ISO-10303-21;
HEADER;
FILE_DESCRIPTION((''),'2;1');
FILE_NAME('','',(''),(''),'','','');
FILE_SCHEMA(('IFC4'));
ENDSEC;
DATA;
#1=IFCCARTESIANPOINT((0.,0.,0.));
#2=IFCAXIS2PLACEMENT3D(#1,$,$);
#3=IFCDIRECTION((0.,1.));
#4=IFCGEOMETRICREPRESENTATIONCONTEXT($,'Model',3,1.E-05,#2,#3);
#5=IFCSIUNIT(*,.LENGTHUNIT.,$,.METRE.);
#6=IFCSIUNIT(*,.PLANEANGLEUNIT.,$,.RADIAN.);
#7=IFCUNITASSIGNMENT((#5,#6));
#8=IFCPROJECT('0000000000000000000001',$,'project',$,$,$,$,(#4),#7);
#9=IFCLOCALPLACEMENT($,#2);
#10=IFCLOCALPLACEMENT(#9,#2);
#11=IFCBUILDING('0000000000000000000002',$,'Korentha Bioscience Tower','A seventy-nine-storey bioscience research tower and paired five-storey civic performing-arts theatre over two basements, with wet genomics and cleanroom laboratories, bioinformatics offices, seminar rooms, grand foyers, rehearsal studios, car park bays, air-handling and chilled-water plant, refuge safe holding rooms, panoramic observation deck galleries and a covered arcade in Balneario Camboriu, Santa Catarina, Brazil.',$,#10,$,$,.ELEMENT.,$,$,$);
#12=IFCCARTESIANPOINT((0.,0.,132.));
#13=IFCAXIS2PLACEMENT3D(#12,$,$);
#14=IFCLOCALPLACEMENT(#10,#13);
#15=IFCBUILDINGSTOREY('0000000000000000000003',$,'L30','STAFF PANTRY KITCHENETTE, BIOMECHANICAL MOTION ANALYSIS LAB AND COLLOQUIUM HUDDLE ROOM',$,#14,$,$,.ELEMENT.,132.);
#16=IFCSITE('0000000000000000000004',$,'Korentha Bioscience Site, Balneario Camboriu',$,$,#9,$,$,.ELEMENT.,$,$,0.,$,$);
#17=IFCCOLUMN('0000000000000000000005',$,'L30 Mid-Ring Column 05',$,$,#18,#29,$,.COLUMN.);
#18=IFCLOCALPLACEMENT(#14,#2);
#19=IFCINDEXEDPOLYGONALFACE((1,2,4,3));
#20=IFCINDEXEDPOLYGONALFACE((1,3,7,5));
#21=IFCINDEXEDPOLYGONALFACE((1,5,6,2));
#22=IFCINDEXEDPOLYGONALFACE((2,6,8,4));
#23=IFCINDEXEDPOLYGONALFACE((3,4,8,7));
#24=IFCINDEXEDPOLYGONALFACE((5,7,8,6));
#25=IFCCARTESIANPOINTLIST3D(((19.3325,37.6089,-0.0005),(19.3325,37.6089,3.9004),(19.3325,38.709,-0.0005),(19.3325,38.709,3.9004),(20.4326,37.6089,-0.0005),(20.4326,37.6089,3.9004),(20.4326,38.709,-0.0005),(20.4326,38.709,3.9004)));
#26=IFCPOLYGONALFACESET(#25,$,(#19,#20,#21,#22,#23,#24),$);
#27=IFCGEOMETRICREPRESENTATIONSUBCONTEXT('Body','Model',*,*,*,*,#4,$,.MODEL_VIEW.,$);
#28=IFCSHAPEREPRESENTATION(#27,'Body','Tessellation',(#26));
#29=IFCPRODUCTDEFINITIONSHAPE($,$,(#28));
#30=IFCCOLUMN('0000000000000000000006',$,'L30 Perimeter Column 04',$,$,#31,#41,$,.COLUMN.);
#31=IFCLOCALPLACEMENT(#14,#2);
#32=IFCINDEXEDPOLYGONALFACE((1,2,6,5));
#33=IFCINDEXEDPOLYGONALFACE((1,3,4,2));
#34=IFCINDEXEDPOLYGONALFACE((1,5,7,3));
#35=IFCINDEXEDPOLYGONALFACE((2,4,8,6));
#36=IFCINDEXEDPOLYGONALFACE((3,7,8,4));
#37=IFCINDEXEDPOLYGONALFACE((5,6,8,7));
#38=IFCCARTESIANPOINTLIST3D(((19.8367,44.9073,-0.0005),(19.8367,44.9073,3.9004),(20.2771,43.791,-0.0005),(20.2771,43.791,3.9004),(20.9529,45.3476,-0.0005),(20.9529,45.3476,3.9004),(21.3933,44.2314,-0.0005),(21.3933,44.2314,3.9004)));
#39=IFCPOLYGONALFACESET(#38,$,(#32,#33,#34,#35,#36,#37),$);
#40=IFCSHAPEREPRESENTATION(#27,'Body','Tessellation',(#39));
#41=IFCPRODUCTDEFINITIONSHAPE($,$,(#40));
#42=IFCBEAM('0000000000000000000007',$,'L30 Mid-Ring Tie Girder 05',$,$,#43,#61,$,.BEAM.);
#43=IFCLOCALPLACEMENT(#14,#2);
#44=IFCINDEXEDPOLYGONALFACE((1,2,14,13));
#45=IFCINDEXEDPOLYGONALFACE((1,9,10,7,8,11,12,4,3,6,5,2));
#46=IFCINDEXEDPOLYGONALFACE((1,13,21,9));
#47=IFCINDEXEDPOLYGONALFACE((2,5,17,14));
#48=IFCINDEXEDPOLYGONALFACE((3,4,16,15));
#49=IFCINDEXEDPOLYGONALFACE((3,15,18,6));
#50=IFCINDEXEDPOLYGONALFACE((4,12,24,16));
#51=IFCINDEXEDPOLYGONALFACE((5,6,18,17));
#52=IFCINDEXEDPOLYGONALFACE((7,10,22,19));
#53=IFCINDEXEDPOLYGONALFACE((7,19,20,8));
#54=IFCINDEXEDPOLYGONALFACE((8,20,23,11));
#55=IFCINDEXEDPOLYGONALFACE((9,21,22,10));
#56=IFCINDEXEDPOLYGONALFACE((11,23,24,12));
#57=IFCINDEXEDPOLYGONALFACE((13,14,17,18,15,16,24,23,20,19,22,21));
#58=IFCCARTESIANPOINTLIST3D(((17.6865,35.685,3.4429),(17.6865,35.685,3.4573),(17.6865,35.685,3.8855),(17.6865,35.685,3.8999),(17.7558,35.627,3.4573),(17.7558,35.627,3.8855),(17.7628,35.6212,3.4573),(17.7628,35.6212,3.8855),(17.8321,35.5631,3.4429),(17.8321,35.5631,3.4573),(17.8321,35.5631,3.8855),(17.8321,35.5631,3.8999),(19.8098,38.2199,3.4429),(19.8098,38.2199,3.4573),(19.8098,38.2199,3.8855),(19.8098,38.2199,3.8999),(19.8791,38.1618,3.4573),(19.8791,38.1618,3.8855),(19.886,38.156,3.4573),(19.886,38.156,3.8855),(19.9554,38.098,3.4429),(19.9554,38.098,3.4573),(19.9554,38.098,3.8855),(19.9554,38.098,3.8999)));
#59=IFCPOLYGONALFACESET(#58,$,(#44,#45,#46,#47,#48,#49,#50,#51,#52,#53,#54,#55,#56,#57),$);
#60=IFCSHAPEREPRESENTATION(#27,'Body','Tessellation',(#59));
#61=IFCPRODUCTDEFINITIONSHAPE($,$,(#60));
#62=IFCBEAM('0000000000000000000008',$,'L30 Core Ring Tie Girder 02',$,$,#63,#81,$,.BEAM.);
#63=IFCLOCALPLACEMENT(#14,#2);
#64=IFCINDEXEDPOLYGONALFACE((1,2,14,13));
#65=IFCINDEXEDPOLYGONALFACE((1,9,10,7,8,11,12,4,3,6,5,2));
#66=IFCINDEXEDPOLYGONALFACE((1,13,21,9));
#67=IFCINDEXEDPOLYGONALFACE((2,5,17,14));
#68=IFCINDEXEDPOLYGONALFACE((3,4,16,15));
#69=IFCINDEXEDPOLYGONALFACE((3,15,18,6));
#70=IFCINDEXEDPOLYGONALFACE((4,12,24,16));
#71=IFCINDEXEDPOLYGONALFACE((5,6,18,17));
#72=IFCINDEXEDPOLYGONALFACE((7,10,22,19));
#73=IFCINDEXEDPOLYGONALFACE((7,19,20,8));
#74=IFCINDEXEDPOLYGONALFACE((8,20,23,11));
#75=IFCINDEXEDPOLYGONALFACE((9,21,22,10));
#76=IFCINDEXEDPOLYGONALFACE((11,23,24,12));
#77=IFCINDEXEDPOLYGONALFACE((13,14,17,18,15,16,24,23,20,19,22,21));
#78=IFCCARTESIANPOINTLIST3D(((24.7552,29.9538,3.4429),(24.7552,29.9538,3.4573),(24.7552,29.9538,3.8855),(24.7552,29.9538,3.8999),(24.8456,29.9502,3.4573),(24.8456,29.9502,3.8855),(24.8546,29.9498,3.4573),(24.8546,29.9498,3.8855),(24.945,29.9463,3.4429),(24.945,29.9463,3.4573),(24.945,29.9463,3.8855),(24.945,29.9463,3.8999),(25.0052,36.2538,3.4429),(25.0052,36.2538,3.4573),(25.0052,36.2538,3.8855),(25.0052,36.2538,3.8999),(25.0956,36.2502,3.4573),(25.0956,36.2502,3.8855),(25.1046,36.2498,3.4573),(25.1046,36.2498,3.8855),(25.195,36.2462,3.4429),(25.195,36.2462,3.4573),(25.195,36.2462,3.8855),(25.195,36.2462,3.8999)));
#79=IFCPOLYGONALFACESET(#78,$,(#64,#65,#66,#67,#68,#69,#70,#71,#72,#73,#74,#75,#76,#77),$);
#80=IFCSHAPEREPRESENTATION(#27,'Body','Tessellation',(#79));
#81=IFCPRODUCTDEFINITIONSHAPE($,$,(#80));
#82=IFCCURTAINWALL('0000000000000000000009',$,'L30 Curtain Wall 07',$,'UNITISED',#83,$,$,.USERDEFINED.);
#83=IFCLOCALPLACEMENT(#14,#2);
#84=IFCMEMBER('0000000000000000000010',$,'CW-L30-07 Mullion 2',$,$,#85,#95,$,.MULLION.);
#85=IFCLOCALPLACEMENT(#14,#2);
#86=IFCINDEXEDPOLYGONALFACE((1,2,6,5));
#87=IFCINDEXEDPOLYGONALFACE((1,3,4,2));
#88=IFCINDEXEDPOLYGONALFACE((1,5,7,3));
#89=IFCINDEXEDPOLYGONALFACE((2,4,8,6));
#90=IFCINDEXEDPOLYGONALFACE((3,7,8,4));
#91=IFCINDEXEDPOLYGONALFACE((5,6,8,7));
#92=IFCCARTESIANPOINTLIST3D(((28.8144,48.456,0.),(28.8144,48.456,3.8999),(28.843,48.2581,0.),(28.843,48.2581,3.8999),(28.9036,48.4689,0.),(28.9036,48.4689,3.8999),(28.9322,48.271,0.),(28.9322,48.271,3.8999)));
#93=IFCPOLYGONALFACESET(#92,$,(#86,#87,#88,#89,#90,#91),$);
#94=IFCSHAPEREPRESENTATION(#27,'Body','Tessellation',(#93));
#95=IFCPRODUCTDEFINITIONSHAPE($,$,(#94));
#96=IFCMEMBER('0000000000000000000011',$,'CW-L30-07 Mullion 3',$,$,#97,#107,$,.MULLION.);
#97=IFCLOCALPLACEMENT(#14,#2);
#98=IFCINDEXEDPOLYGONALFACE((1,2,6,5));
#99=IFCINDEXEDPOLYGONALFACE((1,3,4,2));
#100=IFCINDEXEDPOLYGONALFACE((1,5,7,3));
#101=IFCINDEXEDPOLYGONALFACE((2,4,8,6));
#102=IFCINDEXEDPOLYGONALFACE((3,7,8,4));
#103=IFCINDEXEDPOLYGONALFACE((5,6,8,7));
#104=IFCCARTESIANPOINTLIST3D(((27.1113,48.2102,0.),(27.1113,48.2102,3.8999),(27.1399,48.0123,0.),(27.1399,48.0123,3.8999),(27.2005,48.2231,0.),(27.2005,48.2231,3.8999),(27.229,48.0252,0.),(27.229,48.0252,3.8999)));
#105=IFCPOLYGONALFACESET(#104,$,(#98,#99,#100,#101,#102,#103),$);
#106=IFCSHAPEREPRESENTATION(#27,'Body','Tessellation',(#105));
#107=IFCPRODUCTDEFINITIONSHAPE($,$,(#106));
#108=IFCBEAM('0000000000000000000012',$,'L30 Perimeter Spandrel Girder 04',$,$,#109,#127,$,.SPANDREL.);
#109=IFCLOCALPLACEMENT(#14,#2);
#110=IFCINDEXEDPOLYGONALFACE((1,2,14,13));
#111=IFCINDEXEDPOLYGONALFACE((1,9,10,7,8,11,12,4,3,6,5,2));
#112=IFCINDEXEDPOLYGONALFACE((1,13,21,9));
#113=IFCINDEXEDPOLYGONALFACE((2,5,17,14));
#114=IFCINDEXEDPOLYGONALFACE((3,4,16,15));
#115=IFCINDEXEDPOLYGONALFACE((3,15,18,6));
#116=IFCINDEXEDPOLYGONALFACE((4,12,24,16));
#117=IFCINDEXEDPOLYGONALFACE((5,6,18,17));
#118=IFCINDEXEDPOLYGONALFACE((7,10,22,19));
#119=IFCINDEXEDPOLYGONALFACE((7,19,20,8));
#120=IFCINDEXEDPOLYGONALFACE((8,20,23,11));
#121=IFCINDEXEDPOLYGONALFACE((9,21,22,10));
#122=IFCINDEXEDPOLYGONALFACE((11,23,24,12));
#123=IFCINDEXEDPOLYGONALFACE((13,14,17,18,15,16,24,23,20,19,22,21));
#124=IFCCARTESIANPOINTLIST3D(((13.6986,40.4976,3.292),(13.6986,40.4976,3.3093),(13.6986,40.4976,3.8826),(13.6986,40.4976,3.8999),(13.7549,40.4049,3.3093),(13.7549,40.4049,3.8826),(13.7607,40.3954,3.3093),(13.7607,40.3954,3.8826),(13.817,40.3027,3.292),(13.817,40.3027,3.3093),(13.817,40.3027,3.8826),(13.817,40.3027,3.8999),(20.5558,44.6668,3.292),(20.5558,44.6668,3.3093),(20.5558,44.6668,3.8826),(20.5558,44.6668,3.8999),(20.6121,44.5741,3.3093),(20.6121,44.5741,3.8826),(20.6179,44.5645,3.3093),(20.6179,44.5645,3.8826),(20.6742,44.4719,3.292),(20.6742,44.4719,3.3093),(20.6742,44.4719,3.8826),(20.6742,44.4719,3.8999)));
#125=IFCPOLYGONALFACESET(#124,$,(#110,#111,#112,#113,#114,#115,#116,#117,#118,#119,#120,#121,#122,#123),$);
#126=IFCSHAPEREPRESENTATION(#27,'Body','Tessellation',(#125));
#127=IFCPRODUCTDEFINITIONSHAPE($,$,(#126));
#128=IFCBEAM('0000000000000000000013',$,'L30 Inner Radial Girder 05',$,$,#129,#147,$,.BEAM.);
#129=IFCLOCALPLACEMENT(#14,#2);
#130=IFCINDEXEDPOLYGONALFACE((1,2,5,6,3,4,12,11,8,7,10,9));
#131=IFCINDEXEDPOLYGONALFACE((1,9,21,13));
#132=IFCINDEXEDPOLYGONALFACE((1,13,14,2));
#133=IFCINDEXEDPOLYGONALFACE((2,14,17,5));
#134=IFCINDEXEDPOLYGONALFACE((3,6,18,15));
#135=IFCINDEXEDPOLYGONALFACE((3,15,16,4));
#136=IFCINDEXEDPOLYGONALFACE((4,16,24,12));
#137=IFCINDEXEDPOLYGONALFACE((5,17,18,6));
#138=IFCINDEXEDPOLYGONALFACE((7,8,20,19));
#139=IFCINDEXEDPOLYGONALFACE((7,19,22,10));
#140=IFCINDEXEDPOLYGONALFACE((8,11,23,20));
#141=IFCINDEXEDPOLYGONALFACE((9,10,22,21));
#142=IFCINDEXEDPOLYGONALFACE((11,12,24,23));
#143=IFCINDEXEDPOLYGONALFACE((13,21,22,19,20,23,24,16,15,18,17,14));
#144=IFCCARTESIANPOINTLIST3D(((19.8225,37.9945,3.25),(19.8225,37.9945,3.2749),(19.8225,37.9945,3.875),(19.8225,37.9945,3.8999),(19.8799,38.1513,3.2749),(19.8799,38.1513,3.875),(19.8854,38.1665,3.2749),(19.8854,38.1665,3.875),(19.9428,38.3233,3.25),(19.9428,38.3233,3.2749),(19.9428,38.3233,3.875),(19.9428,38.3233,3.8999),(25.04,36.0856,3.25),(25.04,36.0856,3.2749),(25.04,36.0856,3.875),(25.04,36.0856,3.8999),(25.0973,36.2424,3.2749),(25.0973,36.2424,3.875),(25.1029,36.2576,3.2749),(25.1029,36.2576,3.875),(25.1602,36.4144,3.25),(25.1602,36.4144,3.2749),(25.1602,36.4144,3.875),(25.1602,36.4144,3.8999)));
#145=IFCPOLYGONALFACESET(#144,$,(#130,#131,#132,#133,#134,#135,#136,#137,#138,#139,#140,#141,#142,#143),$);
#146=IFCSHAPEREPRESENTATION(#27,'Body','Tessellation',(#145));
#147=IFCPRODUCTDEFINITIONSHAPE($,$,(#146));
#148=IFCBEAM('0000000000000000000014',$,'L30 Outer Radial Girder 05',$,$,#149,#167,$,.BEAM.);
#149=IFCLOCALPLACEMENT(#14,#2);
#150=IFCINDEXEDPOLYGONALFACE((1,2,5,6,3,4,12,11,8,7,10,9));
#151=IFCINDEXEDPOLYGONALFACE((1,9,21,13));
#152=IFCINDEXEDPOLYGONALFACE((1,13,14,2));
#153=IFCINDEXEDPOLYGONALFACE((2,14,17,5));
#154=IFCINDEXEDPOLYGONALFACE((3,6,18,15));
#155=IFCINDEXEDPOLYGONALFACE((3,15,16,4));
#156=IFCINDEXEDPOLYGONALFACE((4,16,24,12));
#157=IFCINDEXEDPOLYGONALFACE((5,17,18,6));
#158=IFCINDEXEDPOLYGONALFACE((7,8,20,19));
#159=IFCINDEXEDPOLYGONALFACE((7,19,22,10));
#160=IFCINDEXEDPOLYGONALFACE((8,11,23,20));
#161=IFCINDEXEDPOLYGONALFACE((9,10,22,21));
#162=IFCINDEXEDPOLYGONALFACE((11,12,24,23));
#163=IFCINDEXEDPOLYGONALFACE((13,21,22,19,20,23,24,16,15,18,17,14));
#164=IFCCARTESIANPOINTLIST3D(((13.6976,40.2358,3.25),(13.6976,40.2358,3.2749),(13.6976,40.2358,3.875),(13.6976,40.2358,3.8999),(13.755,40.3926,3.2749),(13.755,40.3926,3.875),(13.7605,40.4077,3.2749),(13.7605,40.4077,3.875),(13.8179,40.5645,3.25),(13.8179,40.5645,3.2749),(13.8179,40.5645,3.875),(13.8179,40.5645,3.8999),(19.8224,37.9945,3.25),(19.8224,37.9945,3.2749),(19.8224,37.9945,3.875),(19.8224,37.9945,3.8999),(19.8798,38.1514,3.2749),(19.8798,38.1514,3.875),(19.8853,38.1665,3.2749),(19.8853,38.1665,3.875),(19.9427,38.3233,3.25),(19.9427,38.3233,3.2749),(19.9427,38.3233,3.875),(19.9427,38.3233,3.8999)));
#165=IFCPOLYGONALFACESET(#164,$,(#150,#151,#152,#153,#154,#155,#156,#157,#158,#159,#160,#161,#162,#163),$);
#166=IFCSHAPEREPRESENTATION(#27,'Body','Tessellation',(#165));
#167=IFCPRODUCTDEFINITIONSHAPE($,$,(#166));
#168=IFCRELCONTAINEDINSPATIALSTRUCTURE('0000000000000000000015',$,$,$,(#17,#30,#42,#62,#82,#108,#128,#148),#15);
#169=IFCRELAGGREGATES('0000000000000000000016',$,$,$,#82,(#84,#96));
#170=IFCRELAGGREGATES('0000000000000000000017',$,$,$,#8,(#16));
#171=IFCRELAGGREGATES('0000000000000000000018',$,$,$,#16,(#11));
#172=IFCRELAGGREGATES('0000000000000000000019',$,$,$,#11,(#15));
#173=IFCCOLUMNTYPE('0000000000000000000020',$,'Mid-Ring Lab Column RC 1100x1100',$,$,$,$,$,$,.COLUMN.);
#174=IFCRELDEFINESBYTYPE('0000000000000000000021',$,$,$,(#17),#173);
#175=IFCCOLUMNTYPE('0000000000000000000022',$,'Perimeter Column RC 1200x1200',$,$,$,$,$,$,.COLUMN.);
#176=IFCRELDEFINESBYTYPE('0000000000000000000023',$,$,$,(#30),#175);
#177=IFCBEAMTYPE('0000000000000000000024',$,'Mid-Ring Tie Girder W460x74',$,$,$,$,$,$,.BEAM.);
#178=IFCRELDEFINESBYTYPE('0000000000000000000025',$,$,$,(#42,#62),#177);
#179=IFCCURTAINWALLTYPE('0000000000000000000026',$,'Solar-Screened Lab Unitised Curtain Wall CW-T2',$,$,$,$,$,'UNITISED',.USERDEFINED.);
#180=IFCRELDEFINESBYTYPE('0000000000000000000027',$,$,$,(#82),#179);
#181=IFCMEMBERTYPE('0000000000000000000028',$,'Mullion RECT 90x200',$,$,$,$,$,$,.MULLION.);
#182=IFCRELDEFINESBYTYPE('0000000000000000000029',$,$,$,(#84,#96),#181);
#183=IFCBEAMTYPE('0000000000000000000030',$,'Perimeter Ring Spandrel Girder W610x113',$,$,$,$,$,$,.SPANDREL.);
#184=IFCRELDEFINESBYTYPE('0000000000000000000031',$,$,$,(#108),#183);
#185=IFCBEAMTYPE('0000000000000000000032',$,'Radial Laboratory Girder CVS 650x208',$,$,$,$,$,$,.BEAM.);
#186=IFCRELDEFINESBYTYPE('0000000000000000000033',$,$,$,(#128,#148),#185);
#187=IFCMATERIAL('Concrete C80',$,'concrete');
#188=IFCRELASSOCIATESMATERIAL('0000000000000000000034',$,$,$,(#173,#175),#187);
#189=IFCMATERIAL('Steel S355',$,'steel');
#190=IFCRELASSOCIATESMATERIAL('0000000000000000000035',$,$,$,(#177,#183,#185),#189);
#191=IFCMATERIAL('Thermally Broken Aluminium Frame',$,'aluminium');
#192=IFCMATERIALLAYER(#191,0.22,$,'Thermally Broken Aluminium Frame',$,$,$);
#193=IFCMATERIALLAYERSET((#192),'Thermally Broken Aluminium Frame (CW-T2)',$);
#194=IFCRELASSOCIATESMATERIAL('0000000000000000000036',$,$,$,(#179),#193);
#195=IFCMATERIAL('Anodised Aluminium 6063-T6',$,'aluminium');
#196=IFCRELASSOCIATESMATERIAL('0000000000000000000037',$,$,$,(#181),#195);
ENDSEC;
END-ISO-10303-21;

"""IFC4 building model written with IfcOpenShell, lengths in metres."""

from ifc_helpers import new_model, si_unit, direction, frame, origin, origin_2d, place, context, subcontext, project, spatial, rectangle, i_section, extrude, material, layer, layer_set, material_profile, profile_set, type_object, element, aggregate, save


model = new_model("IFC4")

# Units and contexts
model_context = context("Model", 3, precision=1e-05, world=origin(), true_north=direction((0.0, 1.0)))
body_context = subcontext(model_context, "Body", "Model", "MODEL_VIEW")
ifc_project = project(units=[si_unit("LENGTHUNIT", "METRE"), si_unit("PLANEANGLEUNIT", "RADIAN")], contexts=[model_context])

# Site, building, storey
site_placement = place(None, origin())
site = spatial("IfcSite", under=ifc_project, at=site_placement, Name="Korentha Bioscience Site, Balneario Camboriu", CompositionType="ELEMENT", RefElevation=0.0)
building_placement = place(site_placement, origin())
building = spatial("IfcBuilding", under=site, at=building_placement, Name="Korentha Bioscience Tower", Description="A seventy-nine-storey bioscience research tower and paired five-storey civic performing-arts theatre over two basements, with wet genomics and cleanroom laboratories, bioinformatics offices, seminar rooms, grand foyers, rehearsal studios, car park bays, air-handling and chilled-water plant, refuge safe holding rooms, panoramic observation deck galleries and a covered arcade in Balneario Camboriu, Santa Catarina, Brazil.", CompositionType="ELEMENT")
storey_placement = place(building_placement, frame((0.0, 0.0, 132.0)))
storey = spatial("IfcBuildingStorey", under=building, at=storey_placement, Name="L30", Description="STAFF PANTRY KITCHENETTE, BIOMECHANICAL MOTION ANALYSIS LAB AND COLLOQUIUM HUDDLE ROOM", CompositionType="ELEMENT", Elevation=132.0)

# Columns
ifc_material_1 = material(Name="Concrete C80", Category="concrete")
ifc_material_profile_1 = material_profile(ifc_material_1, rectangle(XDim=1.1001, YDim=1.1001, at=origin_2d()), Name="Concrete C80")
ifc_profile_set_1 = profile_set([ifc_material_profile_1], Name="Concrete C80 (COL-MR11)")
column_type_1 = type_object("IfcColumnType", Name="Mid-Ring Lab Column RC 1100x1100", PredefinedType="COLUMN", material=ifc_profile_set_1)
column_1_placement = place(storey_placement, frame((19.8826, 38.1589, -0.0005), z_axis=(0.0, 0.0, 1.0), x_axis=(1.0, 0.0, 0.0)))
element("IfcColumn", 1, at=column_1_placement, inside=storey, type_object=column_type_1, Name="L30 Mid-Ring Column 05", PredefinedType="COLUMN", context=body_context, shape_type="SweptSolid", body=[
    extrude(rectangle(XDim=1.1001, YDim=1.1001, at=origin_2d()), origin(), (0.0, 0.0, 1.0), 3.9009),
])
ifc_material_profile_2 = material_profile(ifc_material_1, rectangle(XDim=1.2, YDim=1.2, at=origin_2d()), Name="Concrete C80")
ifc_profile_set_2 = profile_set([ifc_material_profile_2], Name="Concrete C80 (COL-P12)")
column_type_2 = type_object("IfcColumnType", Name="Perimeter Column RC 1200x1200", PredefinedType="COLUMN", material=ifc_profile_set_2)
column_2_placement = place(storey_placement, frame((20.615, 44.5693, -0.0005), z_axis=(0.0, 0.0, 1.0), x_axis=(0.930226, 0.366988, 0.0)))
element("IfcColumn", 2, at=column_2_placement, inside=storey, type_object=column_type_2, Name="L30 Perimeter Column 04", PredefinedType="COLUMN", context=body_context, shape_type="SweptSolid", body=[
    extrude(rectangle(XDim=1.2, YDim=1.2, at=origin_2d()), origin(), (0.0, 0.0, 1.0), 3.9009),
])

# Beams
ifc_material_2 = material(Name="Steel S355", Category="steel")
ifc_material_profile_3 = material_profile(ifc_material_2, i_section(OverallWidth=0.1899, OverallDepth=0.457, WebThickness=0.009, FlangeThickness=0.0144, at=origin_2d()), Name="Steel S355")
ifc_profile_set_3 = profile_set([ifc_material_profile_3], Name="Steel S355 (MB-460)")
beam_type_1 = type_object("IfcBeamType", Name="Mid-Ring Tie Girder W460x74", PredefinedType="BEAM", material=ifc_profile_set_3)
beam_1_placement = place(storey_placement, frame((19.8826, 38.1589, 3.6714), z_axis=(-0.642121, -0.766603, 0.0), x_axis=(0.766603, -0.642121, 0.0)))
element("IfcBeam", 3, at=beam_1_placement, inside=storey, type_object=beam_type_1, Name="L30 Mid-Ring Tie Girder 05", PredefinedType="BEAM", context=body_context, shape_type="SweptSolid", body=[
    extrude(i_section(OverallWidth=0.1899, OverallDepth=0.457, WebThickness=0.009, FlangeThickness=0.0144, at=origin_2d()), origin(), (0.0, 0.0, 1.0), 3.3066),
])
beam_2_placement = place(storey_placement, frame((25.1001, 36.25, 3.6714), z_axis=(-0.039651, -0.999214, 0.0), x_axis=(0.999214, -0.039651, 0.0)))
element("IfcBeam", 4, at=beam_2_placement, inside=storey, type_object=beam_type_1, Name="L30 Core Ring Tie Girder 02", PredefinedType="BEAM", context=body_context, shape_type="SweptSolid", body=[
    extrude(i_section(OverallWidth=0.1899, OverallDepth=0.457, WebThickness=0.009, FlangeThickness=0.0144, at=origin_2d()), origin(), (0.0, 0.0, 1.0), 6.3049),
])

# Curtain wall, members
ifc_material_3 = material(Name="Thermally Broken Aluminium Frame", Category="aluminium")
ifc_layer_1 = layer(ifc_material_3, 0.22, Name="Thermally Broken Aluminium Frame")
ifc_layer_set_1 = layer_set([ifc_layer_1], Name="Thermally Broken Aluminium Frame (CW-T2)")
curtain_wall_type = type_object("IfcCurtainWallType", Name="Solar-Screened Lab Unitised Curtain Wall CW-T2", ElementType="UNITISED", PredefinedType="USERDEFINED", material=ifc_layer_set_1)
curtain_wall_placement = place(storey_placement, origin())
curtain_wall = element("IfcCurtainWall", 5, at=curtain_wall_placement, inside=storey, type_object=curtain_wall_type, Name="L30 Curtain Wall 07", ObjectType="UNITISED", PredefinedType="USERDEFINED")
ifc_material_4 = material(Name="Anodised Aluminium 6063-T6", Category="aluminium")
ifc_material_profile_4 = material_profile(ifc_material_4, rectangle(XDim=0.0901, YDim=0.2, at=origin_2d()), Name="Anodised Aluminium 6063-T6")
ifc_profile_set_4 = profile_set([ifc_material_profile_4], Name="Anodised Aluminium 6063-T6 (CW-MUL)")
member_type_1 = type_object("IfcMemberType", Name="Mullion RECT 90x200", PredefinedType="MULLION", material=ifc_profile_set_4)
member_1_placement = place(storey_placement, frame((28.8733, 48.3635, 0.0), z_axis=(0.0, 0.0, 1.0), x_axis=(-0.989738, -0.142892, 0.0)))
member_1 = element("IfcMember", 6, at=member_1_placement, type_object=member_type_1, Name="CW-L30-07 Mullion 2", PredefinedType="MULLION", context=body_context, shape_type="SweptSolid", body=[
    extrude(rectangle(XDim=0.0901, YDim=0.2, at=origin_2d()), origin(), (0.0, 0.0, 1.0), 3.8999),
])
member_2_placement = place(storey_placement, frame((27.1702, 48.1177, 0.0), z_axis=(0.0, 0.0, 1.0), x_axis=(-0.989738, -0.142892, 0.0)))
member_2 = element("IfcMember", 7, at=member_2_placement, type_object=member_type_1, Name="CW-L30-07 Mullion 3", PredefinedType="MULLION", context=body_context, shape_type="SweptSolid", body=[
    extrude(rectangle(XDim=0.0901, YDim=0.2, at=origin_2d()), origin(), (0.0, 0.0, 1.0), 3.8999),
])

# Beams
ifc_material_profile_5 = material_profile(ifc_material_2, i_section(OverallWidth=0.228, OverallDepth=0.6079, WebThickness=0.0112, FlangeThickness=0.0173, at=origin_2d()), Name="Steel S355")
ifc_profile_set_5 = profile_set([ifc_material_profile_5], Name="Steel S355 (SB-610)")
beam_type_2 = type_object("IfcBeamType", Name="Perimeter Ring Spandrel Girder W610x113", PredefinedType="SPANDREL", material=ifc_profile_set_5)
beam_3_placement = place(storey_placement, frame((20.615, 44.5693, 3.5959), z_axis=(-0.854461, -0.519515, 0.0), x_axis=(0.519515, -0.854461, 0.0)))
element("IfcBeam", 8, at=beam_3_placement, inside=storey, type_object=beam_type_2, Name="L30 Perimeter Spandrel Girder 04", PredefinedType="SPANDREL", context=body_context, shape_type="SweptSolid", body=[
    extrude(i_section(OverallWidth=0.228, OverallDepth=0.6079, WebThickness=0.0112, FlangeThickness=0.0173, at=origin_2d()), origin(), (0.0, 0.0, 1.0), 8.0251),
])
ifc_material_profile_6 = material_profile(ifc_material_2, i_section(OverallWidth=0.3501, OverallDepth=0.6499, WebThickness=0.0161, FlangeThickness=0.0249, at=origin_2d()), Name="Steel S355")
ifc_profile_set_6 = profile_set([ifc_material_profile_6], Name="Steel S355 (RB-650)")
beam_type_3 = type_object("IfcBeamType", Name="Radial Laboratory Girder CVS 650x208", PredefinedType="BEAM", material=ifc_profile_set_6)
beam_4_placement = place(storey_placement, frame((25.1001, 36.25, 3.575), z_axis=(-0.939118, 0.343595, 0.0), x_axis=(-0.343595, -0.939118, 0.0)))
element("IfcBeam", 9, at=beam_4_placement, inside=storey, type_object=beam_type_3, Name="L30 Inner Radial Girder 05", PredefinedType="BEAM", context=body_context, shape_type="SweptSolid", body=[
    extrude(i_section(OverallWidth=0.3501, OverallDepth=0.6499, WebThickness=0.0161, FlangeThickness=0.0249, at=origin_2d()), origin(), (0.0, 0.0, 1.0), 5.5557),
])
beam_5_placement = place(storey_placement, frame((19.8826, 38.1589, 3.575), z_axis=(-0.939101, 0.343642, 0.0), x_axis=(-0.343642, -0.939101, 0.0)))
element("IfcBeam", 10, at=beam_5_placement, inside=storey, type_object=beam_type_3, Name="L30 Outer Radial Girder 05", PredefinedType="BEAM", context=body_context, shape_type="SweptSolid", body=[
    extrude(i_section(OverallWidth=0.3501, OverallDepth=0.6499, WebThickness=0.0161, FlangeThickness=0.0249, at=origin_2d()), origin(), (0.0, 0.0, 1.0), 6.522),
])

aggregate(curtain_wall, [member_1, member_2])

save(model, "model.ifc")
